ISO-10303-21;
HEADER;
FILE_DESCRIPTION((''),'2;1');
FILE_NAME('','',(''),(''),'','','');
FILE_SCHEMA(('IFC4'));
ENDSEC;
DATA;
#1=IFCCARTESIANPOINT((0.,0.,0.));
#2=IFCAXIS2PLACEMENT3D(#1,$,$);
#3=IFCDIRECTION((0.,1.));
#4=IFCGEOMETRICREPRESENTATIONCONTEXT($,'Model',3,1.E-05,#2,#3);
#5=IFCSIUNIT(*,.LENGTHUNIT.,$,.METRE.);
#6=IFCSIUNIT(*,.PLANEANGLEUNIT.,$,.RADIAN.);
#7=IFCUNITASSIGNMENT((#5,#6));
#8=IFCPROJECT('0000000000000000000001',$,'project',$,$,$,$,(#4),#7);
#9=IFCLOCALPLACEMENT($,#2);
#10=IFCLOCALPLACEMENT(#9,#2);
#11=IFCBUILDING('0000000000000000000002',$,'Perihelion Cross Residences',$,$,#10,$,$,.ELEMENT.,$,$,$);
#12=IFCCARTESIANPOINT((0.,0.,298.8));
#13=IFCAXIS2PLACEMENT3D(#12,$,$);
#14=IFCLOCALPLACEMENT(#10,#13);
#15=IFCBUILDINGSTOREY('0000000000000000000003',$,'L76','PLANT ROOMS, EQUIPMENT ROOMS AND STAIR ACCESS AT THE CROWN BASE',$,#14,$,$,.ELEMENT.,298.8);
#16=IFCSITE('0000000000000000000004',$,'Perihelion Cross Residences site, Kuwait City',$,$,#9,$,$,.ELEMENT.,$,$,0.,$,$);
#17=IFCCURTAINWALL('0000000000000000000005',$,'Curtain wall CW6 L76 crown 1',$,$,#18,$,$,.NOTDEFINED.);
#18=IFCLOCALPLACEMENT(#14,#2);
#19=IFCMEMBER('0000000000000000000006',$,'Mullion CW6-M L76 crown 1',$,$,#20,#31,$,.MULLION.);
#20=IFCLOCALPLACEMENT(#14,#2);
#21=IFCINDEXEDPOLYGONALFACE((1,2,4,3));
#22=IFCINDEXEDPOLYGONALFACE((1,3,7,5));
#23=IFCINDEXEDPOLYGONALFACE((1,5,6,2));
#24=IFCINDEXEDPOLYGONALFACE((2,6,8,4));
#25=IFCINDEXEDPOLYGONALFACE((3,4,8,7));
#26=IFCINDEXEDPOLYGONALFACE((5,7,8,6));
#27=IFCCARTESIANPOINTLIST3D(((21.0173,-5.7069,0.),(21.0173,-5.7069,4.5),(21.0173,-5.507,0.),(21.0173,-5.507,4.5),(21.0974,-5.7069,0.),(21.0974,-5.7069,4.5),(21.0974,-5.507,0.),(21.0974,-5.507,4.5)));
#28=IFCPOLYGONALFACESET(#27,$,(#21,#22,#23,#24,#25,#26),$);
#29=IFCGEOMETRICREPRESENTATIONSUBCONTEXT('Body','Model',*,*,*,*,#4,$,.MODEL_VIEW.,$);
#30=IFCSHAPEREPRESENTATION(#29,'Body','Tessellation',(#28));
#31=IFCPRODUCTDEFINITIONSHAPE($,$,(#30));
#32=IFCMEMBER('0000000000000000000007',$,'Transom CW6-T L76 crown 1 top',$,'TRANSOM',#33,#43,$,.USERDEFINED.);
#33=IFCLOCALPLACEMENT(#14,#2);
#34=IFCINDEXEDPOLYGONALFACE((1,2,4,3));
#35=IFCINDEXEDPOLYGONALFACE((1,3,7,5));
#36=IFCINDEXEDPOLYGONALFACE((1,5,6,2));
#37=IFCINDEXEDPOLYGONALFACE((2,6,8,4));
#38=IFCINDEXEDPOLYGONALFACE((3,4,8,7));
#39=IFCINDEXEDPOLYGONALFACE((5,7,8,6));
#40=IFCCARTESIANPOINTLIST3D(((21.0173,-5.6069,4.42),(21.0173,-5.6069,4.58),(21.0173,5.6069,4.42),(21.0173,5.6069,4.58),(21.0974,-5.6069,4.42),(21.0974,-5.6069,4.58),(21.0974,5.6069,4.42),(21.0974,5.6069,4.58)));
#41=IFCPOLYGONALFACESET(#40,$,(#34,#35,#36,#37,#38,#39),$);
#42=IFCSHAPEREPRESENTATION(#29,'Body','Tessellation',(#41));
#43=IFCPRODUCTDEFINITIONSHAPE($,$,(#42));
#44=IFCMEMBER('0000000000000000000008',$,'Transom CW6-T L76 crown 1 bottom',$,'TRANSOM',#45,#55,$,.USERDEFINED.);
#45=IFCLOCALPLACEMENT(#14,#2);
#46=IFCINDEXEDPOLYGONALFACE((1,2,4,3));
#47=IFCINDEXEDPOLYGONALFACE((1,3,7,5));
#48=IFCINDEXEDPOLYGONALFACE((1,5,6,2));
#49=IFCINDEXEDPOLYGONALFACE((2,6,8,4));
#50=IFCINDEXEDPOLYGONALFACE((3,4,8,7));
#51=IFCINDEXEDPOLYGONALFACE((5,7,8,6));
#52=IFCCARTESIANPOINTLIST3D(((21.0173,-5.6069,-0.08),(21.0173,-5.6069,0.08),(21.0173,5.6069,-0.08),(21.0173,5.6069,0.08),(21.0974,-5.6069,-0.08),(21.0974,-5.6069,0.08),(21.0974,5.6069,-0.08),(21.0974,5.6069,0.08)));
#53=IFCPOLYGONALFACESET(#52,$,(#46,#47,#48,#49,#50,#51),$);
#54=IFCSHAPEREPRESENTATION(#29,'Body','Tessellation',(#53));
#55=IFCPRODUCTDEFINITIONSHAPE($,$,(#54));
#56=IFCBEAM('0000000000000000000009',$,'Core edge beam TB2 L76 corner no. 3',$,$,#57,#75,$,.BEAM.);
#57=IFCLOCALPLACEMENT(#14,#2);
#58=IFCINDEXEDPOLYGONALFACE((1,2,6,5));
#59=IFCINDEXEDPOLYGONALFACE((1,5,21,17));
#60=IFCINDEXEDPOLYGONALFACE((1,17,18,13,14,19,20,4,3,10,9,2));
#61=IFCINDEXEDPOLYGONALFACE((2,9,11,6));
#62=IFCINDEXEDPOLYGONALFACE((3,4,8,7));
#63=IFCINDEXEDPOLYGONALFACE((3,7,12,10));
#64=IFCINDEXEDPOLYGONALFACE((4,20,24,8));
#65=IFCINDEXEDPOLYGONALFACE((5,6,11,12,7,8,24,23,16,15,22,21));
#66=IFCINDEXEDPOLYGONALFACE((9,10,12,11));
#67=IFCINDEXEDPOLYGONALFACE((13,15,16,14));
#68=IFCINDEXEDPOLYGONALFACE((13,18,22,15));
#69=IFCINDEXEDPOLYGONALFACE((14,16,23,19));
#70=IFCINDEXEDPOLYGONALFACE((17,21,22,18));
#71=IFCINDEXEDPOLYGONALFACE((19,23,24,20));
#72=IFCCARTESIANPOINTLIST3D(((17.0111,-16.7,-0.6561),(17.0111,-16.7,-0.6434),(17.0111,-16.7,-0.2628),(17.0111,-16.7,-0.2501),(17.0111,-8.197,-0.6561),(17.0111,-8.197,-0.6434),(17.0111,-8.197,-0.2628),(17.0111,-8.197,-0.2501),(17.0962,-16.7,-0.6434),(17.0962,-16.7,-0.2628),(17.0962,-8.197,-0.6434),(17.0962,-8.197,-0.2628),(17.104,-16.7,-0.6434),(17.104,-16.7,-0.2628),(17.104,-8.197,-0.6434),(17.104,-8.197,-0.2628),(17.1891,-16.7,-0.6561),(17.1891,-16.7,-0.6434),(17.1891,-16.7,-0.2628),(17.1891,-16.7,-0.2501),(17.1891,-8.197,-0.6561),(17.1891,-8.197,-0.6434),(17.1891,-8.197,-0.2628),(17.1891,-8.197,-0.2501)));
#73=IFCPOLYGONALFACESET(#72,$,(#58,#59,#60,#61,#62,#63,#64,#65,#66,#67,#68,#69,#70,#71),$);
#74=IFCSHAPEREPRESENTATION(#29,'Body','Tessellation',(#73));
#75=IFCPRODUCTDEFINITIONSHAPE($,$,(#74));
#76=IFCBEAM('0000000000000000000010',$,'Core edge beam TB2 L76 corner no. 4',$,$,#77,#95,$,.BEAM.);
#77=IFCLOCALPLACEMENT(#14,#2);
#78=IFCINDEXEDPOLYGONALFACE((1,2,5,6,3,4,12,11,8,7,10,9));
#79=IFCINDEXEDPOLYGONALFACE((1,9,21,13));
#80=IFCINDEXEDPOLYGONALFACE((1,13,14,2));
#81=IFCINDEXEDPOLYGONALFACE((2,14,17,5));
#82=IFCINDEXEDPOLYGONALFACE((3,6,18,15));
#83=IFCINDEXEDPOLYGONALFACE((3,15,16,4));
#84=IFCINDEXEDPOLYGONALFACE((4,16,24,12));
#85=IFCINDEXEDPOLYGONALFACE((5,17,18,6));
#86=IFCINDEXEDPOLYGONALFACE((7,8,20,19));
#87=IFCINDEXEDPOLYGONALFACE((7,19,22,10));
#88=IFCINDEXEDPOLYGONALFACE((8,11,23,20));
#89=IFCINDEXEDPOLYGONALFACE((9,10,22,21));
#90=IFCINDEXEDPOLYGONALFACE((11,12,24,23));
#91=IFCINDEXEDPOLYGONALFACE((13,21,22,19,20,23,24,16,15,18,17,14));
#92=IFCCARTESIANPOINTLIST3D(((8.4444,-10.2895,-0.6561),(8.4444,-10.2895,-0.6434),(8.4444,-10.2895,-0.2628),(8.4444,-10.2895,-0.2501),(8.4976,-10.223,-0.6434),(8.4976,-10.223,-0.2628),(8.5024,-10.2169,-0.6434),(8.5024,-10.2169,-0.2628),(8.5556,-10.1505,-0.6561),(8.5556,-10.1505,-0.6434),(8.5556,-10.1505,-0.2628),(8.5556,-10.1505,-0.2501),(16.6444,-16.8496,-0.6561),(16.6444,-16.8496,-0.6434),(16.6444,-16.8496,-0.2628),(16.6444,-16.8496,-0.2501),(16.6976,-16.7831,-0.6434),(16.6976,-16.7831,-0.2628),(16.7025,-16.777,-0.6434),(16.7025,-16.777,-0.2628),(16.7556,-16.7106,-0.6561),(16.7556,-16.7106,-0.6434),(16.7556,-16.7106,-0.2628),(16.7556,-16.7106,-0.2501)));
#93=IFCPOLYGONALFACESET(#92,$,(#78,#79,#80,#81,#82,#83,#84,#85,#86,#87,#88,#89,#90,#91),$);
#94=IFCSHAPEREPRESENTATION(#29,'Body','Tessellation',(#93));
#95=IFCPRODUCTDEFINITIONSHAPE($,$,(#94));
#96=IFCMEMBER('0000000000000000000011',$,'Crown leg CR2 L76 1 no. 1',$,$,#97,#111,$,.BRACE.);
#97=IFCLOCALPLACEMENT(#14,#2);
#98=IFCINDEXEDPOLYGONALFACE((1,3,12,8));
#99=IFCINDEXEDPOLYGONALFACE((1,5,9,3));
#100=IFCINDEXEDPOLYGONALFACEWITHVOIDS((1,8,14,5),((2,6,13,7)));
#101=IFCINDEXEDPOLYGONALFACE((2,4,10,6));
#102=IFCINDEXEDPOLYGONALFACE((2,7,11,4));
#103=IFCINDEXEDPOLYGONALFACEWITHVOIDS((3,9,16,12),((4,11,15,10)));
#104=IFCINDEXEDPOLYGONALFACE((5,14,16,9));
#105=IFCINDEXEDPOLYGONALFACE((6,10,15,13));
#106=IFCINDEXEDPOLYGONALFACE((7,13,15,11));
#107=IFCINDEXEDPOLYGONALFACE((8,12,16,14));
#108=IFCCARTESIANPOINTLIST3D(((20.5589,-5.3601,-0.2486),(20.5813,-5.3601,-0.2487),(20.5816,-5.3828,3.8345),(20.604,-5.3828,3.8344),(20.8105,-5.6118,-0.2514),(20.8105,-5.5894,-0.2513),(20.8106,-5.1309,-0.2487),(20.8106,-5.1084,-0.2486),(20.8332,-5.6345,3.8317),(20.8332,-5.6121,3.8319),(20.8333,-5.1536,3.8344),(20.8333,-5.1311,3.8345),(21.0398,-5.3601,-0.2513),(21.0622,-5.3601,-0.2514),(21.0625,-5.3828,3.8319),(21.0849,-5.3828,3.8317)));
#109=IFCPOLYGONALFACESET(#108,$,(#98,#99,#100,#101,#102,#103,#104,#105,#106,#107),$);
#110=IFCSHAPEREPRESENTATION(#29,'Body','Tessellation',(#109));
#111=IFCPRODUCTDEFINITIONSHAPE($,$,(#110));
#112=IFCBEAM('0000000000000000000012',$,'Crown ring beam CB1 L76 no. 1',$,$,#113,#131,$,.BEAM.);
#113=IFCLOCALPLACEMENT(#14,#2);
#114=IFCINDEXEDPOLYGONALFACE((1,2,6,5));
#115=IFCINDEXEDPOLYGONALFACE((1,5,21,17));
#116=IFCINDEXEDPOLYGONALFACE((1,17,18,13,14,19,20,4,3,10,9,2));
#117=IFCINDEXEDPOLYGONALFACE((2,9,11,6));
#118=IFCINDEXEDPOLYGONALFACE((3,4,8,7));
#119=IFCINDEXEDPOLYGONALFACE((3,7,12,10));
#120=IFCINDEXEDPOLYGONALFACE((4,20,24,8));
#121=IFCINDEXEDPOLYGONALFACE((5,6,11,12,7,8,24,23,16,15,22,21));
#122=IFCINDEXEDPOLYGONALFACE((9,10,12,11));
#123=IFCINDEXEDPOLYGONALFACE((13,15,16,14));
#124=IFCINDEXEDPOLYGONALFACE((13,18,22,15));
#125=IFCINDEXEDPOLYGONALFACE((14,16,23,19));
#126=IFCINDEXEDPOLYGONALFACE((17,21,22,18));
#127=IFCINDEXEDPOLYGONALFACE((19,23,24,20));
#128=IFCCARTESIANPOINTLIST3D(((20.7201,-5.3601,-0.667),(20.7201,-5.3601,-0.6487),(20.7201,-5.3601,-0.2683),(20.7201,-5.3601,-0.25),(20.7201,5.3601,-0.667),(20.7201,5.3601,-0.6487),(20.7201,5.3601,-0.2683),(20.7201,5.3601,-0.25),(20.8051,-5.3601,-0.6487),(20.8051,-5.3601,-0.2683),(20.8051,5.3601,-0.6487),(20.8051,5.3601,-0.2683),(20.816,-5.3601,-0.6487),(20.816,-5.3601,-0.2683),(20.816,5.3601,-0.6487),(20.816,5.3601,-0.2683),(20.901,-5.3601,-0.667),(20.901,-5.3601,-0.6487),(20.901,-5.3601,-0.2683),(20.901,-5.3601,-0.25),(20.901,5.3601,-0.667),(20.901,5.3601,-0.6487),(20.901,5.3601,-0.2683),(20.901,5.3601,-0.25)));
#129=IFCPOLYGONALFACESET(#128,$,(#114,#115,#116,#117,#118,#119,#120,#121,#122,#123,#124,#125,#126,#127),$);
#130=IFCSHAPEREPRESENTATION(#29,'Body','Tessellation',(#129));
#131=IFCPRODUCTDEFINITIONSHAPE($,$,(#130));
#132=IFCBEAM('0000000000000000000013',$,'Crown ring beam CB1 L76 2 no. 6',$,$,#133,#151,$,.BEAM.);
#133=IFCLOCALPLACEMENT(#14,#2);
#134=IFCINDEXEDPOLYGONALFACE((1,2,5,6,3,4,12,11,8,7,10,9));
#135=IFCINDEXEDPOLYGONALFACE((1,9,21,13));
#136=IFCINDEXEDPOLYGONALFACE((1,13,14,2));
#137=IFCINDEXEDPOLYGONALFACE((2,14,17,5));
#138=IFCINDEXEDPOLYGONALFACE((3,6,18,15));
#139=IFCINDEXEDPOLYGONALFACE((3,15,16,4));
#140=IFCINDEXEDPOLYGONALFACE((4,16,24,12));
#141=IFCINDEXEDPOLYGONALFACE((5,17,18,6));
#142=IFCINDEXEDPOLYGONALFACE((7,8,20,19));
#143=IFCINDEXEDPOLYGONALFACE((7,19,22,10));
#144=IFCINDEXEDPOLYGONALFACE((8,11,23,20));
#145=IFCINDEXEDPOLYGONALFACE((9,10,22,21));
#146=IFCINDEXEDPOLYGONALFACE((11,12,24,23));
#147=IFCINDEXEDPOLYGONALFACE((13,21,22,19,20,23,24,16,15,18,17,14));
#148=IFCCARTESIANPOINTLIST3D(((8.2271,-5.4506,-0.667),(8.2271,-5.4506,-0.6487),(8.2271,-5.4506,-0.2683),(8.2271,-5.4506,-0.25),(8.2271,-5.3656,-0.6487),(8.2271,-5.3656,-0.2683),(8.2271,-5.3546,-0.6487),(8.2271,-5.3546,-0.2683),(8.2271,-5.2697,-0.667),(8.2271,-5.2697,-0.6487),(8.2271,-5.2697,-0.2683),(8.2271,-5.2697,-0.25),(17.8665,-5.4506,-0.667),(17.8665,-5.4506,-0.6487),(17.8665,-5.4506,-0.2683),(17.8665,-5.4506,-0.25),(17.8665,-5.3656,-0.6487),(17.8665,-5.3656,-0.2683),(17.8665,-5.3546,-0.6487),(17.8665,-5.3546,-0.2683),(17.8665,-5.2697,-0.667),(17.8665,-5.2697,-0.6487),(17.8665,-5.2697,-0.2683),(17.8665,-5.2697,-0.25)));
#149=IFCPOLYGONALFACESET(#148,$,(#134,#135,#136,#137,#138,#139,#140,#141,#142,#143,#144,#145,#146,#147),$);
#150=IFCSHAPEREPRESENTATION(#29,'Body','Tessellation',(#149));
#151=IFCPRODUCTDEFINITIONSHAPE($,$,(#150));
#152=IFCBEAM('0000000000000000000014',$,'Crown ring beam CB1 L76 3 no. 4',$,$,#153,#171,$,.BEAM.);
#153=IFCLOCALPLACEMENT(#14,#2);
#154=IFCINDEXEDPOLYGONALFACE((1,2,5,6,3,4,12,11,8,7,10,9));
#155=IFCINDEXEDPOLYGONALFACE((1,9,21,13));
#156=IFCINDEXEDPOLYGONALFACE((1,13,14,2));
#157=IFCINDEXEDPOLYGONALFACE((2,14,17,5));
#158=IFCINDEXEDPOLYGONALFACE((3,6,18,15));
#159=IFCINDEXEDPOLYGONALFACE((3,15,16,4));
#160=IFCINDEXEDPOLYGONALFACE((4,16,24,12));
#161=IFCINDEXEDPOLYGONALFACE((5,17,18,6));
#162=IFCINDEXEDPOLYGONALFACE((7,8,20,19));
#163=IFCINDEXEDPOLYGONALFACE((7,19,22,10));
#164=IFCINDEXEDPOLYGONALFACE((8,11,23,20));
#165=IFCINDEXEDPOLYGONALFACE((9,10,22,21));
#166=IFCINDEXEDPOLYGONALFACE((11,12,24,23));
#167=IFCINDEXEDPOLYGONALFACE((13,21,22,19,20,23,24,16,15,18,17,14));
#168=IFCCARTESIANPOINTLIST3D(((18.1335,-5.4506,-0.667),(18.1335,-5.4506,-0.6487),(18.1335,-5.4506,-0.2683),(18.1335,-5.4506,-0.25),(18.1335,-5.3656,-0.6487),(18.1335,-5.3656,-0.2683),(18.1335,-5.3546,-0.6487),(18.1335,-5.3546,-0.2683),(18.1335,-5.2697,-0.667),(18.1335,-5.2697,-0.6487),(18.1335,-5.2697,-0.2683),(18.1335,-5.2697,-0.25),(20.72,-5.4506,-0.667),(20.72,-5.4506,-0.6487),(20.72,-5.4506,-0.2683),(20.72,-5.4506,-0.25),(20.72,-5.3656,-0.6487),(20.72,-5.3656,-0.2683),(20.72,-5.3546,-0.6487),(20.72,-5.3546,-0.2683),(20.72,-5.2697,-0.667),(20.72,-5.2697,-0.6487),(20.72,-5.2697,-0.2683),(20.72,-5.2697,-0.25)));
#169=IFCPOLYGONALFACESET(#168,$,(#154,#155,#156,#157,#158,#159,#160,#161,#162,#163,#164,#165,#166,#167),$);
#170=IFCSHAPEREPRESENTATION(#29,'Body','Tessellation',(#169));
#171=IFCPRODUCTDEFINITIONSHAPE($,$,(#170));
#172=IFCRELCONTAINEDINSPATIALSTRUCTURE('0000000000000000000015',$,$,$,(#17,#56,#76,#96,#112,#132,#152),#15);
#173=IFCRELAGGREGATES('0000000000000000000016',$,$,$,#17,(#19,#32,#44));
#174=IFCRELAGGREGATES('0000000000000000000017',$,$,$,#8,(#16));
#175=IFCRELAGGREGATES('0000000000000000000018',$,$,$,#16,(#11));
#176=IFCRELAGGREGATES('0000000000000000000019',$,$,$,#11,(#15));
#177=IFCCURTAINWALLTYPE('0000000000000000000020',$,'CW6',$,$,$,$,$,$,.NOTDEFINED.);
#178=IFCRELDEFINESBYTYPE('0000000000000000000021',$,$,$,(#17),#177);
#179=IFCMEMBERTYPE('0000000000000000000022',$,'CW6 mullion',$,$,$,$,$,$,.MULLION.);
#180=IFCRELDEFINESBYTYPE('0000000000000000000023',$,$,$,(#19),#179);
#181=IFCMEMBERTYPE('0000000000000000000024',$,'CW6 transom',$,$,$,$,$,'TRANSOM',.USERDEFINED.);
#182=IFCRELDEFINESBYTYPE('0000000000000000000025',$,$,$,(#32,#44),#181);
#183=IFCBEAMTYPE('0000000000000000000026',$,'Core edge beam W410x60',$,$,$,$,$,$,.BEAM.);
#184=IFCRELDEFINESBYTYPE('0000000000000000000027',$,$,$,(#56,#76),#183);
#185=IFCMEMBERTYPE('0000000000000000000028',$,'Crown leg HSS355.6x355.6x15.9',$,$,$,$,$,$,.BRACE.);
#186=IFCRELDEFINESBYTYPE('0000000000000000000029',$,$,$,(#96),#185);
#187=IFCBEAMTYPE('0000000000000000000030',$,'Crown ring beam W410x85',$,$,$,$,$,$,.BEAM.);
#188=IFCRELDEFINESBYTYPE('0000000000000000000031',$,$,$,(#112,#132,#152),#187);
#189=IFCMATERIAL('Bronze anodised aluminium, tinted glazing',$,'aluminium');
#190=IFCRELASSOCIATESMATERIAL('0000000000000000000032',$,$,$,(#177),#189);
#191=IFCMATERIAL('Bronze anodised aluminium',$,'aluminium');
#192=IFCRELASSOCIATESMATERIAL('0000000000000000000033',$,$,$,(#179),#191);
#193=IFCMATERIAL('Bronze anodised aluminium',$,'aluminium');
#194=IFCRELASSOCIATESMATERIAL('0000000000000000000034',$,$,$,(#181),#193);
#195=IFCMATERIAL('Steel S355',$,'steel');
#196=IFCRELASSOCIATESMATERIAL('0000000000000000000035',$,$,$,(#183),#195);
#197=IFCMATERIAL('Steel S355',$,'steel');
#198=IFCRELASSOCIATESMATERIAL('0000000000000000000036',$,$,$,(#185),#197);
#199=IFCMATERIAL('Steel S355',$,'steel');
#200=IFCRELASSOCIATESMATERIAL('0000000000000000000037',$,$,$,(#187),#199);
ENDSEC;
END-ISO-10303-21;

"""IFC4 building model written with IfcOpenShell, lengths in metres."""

from ifc_helpers import new_model, si_unit, direction, frame, origin, origin_2d, place, context, subcontext, project, spatial, rectangle, hollow_rectangle, i_section, extrude, material, material_profile, profile_set, type_object, element, aggregate, save


model = new_model("IFC4")

# Units and contexts
model_context = context("Model", 3, precision=1e-05, world=origin(), true_north=direction((0.0, 1.0)))
body_context = subcontext(model_context, "Body", "Model", "MODEL_VIEW")
ifc_project = project(units=[si_unit("LENGTHUNIT", "METRE"), si_unit("PLANEANGLEUNIT", "RADIAN")], contexts=[model_context])

# Site, building, storey
site_placement = place(None, origin())
site = spatial("IfcSite", under=ifc_project, at=site_placement, Name="Perihelion Cross Residences site, Kuwait City", CompositionType="ELEMENT", RefElevation=0.0)
building_placement = place(site_placement, origin())
building = spatial("IfcBuilding", under=site, at=building_placement, Name="Perihelion Cross Residences", CompositionType="ELEMENT")
storey_placement = place(building_placement, frame((0.0, 0.0, 298.8)))
storey = spatial("IfcBuildingStorey", under=building, at=storey_placement, Name="L76", Description="PLANT ROOMS, EQUIPMENT ROOMS AND STAIR ACCESS AT THE CROWN BASE", CompositionType="ELEMENT", Elevation=298.8)

# Curtain wall, members
ifc_material_1 = material(Name="Bronze anodised aluminium, tinted glazing", Category="aluminium")
curtain_wall_type = type_object("IfcCurtainWallType", Name="CW6", PredefinedType="NOTDEFINED", material=ifc_material_1)
curtain_wall_1_placement = place(storey_placement, origin())
curtain_wall_1 = element("IfcCurtainWall", 1, at=curtain_wall_1_placement, inside=storey, type_object=curtain_wall_type, Name="Curtain wall CW6 L76 crown 1", PredefinedType="NOTDEFINED")
ifc_material_2 = material(Name="Bronze anodised aluminium", Category="aluminium")
ifc_material_profile_1 = material_profile(ifc_material_2, rectangle(XDim=0.0801, YDim=0.2, at=origin_2d()), Name="CW6 mullion")
ifc_profile_set_1 = profile_set([ifc_material_profile_1], Name="Bronze anodised aluminium")
member_type_1 = type_object("IfcMemberType", Name="CW6 mullion", PredefinedType="MULLION", material=ifc_profile_set_1)
member_1_placement = place(storey_placement, frame((21.0574, -5.6069, 0.0), z_axis=(0.0, 0.0, 1.0), x_axis=(1.0, 0.0, 0.0)))
member_1 = element("IfcMember", 2, at=member_1_placement, type_object=member_type_1, Name="Mullion CW6-M L76 crown 1", PredefinedType="MULLION", context=body_context, shape_type="SweptSolid", body=[
    extrude(rectangle(XDim=0.0801, YDim=0.2, at=origin_2d()), origin(), (0.0, 0.0, 1.0), 4.5),
])
ifc_material_3 = material(Name="Bronze anodised aluminium", Category="aluminium")
ifc_material_profile_2 = material_profile(ifc_material_3, rectangle(XDim=0.0801, YDim=0.1599, at=origin_2d()), Name="CW6 transom")
ifc_profile_set_2 = profile_set([ifc_material_profile_2], Name="Bronze anodised aluminium")
member_type_2 = type_object("IfcMemberType", Name="CW6 transom", ElementType="TRANSOM", PredefinedType="USERDEFINED", material=ifc_profile_set_2)
member_2_placement = place(storey_placement, frame((21.0574, -5.6069, 4.5), z_axis=(0.0, 1.0, 0.0), x_axis=(-1.0, 0.0, 0.0)))
member_2 = element("IfcMember", 3, at=member_2_placement, type_object=member_type_2, Name="Transom CW6-T L76 crown 1 top", ObjectType="TRANSOM", PredefinedType="USERDEFINED", context=body_context, shape_type="SweptSolid", body=[
    extrude(rectangle(XDim=0.0801, YDim=0.1599, at=origin_2d()), origin(), (0.0, 0.0, 1.0), 11.2139),
])
member_3_placement = place(storey_placement, frame((21.0574, -5.6069, 0.0), z_axis=(0.0, 1.0, 0.0), x_axis=(-1.0, 0.0, 0.0)))
member_3 = element("IfcMember", 4, at=member_3_placement, type_object=member_type_2, Name="Transom CW6-T L76 crown 1 bottom", ObjectType="TRANSOM", PredefinedType="USERDEFINED", context=body_context, shape_type="SweptSolid", body=[
    extrude(rectangle(XDim=0.0801, YDim=0.1599, at=origin_2d()), origin(), (0.0, 0.0, 1.0), 11.2139),
])
aggregate(curtain_wall_1, [member_1, member_2, member_3])

# Beams
ifc_material_4 = material(Name="Steel S355", Category="steel")
ifc_material_profile_3 = material_profile(ifc_material_4, i_section(OverallWidth=0.178, OverallDepth=0.406, WebThickness=0.0078, FlangeThickness=0.0127, at=origin_2d()), Name="W410x60")
ifc_profile_set_3 = profile_set([ifc_material_profile_3], Name="Steel S355")
beam_type_1 = type_object("IfcBeamType", Name="Core edge beam W410x60", PredefinedType="BEAM", material=ifc_profile_set_3)
beam_1_placement = place(storey_placement, frame((17.1001, -8.197, -0.4531), z_axis=(0.0, -1.0, 0.0), x_axis=(1.0, 0.0, 0.0)))
element("IfcBeam", 5, at=beam_1_placement, inside=storey, type_object=beam_type_1, Name="Core edge beam TB2 L76 corner no. 3", PredefinedType="BEAM", context=body_context, shape_type="SweptSolid", body=[
    extrude(i_section(OverallWidth=0.178, OverallDepth=0.406, WebThickness=0.0078, FlangeThickness=0.0127, at=origin_2d()), origin(), (0.0, 0.0, 1.0), 8.5029),
])
beam_2_placement = place(storey_placement, frame((8.5, -10.22, -0.4531), z_axis=(0.780864, -0.624701, 0.0), x_axis=(0.624701, 0.780864, 0.0)))
element("IfcBeam", 6, at=beam_2_placement, inside=storey, type_object=beam_type_1, Name="Core edge beam TB2 L76 corner no. 4", PredefinedType="BEAM", context=body_context, shape_type="SweptSolid", body=[
    extrude(i_section(OverallWidth=0.178, OverallDepth=0.406, WebThickness=0.0078, FlangeThickness=0.0127, at=origin_2d()), origin(), (0.0, 0.0, 1.0), 10.5012),
])

# Member
ifc_material_5 = material(Name="Steel S355", Category="steel")
ifc_material_profile_4 = material_profile(ifc_material_5, hollow_rectangle(XDim=0.356, YDim=0.356, WallThickness=0.0159, at=origin_2d()), Name="HSS355.6x355.6x15.9")
ifc_profile_set_4 = profile_set([ifc_material_profile_4], Name="Steel S355")
member_type_3 = type_object("IfcMemberType", Name="Crown leg HSS355.6x355.6x15.9", PredefinedType="BRACE", material=ifc_profile_set_4)
member_4_placement = place(storey_placement, frame((20.8105, -5.3601, -0.25), z_axis=(0.005561, -0.005561, 0.999969), x_axis=(0.707107, 0.707107, 0.0)))
element("IfcMember", 7, at=member_4_placement, inside=storey, type_object=member_type_3, Name="Crown leg CR2 L76 1 no. 1", PredefinedType="BRACE", context=body_context, shape_type="SweptSolid", body=[
    extrude(hollow_rectangle(XDim=0.356, YDim=0.356, WallThickness=0.0159, at=origin_2d()), origin(), (0.0, 0.0, 1.0), 4.0833),
])

# Beams
ifc_material_6 = material(Name="Steel S355", Category="steel")
ifc_material_profile_5 = material_profile(ifc_material_6, i_section(OverallWidth=0.1809, OverallDepth=0.417, WebThickness=0.011, FlangeThickness=0.0183, at=origin_2d()), Name="W410x85")
ifc_profile_set_5 = profile_set([ifc_material_profile_5], Name="Steel S355")
beam_type_2 = type_object("IfcBeamType", Name="Crown ring beam W410x85", PredefinedType="BEAM", material=ifc_profile_set_5)
beam_3_placement = place(storey_placement, frame((20.8105, -5.3601, -0.4585), z_axis=(0.0, 1.0, 0.0), x_axis=(-1.0, 0.0, 0.0)))
element("IfcBeam", 8, at=beam_3_placement, inside=storey, type_object=beam_type_2, Name="Crown ring beam CB1 L76 no. 1", PredefinedType="BEAM", context=body_context, shape_type="SweptSolid", body=[
    extrude(i_section(OverallWidth=0.1809, OverallDepth=0.417, WebThickness=0.011, FlangeThickness=0.0183, at=origin_2d()), origin(), (0.0, 0.0, 1.0), 10.7202),
])
beam_4_placement = place(storey_placement, frame((8.2271, -5.3601, -0.4585), z_axis=(1.0, 0.0, 0.0), x_axis=(0.0, 1.0, 0.0)))
element("IfcBeam", 9, at=beam_4_placement, inside=storey, type_object=beam_type_2, Name="Crown ring beam CB1 L76 2 no. 6", PredefinedType="BEAM", context=body_context, shape_type="SweptSolid", body=[
    extrude(i_section(OverallWidth=0.1809, OverallDepth=0.417, WebThickness=0.011, FlangeThickness=0.0183, at=origin_2d()), origin(), (0.0, 0.0, 1.0), 9.6394),
])
beam_5_placement = place(storey_placement, frame((18.1335, -5.3601, -0.4585), z_axis=(1.0, 0.0, 0.0), x_axis=(0.0, 1.0, 0.0)))
element("IfcBeam", 10, at=beam_5_placement, inside=storey, type_object=beam_type_2, Name="Crown ring beam CB1 L76 3 no. 4", PredefinedType="BEAM", context=body_context, shape_type="SweptSolid", body=[
    extrude(i_section(OverallWidth=0.1809, OverallDepth=0.417, WebThickness=0.011, FlangeThickness=0.0183, at=origin_2d()), origin(), (0.0, 0.0, 1.0), 2.5864),
])

save(model, "model.ifc")
